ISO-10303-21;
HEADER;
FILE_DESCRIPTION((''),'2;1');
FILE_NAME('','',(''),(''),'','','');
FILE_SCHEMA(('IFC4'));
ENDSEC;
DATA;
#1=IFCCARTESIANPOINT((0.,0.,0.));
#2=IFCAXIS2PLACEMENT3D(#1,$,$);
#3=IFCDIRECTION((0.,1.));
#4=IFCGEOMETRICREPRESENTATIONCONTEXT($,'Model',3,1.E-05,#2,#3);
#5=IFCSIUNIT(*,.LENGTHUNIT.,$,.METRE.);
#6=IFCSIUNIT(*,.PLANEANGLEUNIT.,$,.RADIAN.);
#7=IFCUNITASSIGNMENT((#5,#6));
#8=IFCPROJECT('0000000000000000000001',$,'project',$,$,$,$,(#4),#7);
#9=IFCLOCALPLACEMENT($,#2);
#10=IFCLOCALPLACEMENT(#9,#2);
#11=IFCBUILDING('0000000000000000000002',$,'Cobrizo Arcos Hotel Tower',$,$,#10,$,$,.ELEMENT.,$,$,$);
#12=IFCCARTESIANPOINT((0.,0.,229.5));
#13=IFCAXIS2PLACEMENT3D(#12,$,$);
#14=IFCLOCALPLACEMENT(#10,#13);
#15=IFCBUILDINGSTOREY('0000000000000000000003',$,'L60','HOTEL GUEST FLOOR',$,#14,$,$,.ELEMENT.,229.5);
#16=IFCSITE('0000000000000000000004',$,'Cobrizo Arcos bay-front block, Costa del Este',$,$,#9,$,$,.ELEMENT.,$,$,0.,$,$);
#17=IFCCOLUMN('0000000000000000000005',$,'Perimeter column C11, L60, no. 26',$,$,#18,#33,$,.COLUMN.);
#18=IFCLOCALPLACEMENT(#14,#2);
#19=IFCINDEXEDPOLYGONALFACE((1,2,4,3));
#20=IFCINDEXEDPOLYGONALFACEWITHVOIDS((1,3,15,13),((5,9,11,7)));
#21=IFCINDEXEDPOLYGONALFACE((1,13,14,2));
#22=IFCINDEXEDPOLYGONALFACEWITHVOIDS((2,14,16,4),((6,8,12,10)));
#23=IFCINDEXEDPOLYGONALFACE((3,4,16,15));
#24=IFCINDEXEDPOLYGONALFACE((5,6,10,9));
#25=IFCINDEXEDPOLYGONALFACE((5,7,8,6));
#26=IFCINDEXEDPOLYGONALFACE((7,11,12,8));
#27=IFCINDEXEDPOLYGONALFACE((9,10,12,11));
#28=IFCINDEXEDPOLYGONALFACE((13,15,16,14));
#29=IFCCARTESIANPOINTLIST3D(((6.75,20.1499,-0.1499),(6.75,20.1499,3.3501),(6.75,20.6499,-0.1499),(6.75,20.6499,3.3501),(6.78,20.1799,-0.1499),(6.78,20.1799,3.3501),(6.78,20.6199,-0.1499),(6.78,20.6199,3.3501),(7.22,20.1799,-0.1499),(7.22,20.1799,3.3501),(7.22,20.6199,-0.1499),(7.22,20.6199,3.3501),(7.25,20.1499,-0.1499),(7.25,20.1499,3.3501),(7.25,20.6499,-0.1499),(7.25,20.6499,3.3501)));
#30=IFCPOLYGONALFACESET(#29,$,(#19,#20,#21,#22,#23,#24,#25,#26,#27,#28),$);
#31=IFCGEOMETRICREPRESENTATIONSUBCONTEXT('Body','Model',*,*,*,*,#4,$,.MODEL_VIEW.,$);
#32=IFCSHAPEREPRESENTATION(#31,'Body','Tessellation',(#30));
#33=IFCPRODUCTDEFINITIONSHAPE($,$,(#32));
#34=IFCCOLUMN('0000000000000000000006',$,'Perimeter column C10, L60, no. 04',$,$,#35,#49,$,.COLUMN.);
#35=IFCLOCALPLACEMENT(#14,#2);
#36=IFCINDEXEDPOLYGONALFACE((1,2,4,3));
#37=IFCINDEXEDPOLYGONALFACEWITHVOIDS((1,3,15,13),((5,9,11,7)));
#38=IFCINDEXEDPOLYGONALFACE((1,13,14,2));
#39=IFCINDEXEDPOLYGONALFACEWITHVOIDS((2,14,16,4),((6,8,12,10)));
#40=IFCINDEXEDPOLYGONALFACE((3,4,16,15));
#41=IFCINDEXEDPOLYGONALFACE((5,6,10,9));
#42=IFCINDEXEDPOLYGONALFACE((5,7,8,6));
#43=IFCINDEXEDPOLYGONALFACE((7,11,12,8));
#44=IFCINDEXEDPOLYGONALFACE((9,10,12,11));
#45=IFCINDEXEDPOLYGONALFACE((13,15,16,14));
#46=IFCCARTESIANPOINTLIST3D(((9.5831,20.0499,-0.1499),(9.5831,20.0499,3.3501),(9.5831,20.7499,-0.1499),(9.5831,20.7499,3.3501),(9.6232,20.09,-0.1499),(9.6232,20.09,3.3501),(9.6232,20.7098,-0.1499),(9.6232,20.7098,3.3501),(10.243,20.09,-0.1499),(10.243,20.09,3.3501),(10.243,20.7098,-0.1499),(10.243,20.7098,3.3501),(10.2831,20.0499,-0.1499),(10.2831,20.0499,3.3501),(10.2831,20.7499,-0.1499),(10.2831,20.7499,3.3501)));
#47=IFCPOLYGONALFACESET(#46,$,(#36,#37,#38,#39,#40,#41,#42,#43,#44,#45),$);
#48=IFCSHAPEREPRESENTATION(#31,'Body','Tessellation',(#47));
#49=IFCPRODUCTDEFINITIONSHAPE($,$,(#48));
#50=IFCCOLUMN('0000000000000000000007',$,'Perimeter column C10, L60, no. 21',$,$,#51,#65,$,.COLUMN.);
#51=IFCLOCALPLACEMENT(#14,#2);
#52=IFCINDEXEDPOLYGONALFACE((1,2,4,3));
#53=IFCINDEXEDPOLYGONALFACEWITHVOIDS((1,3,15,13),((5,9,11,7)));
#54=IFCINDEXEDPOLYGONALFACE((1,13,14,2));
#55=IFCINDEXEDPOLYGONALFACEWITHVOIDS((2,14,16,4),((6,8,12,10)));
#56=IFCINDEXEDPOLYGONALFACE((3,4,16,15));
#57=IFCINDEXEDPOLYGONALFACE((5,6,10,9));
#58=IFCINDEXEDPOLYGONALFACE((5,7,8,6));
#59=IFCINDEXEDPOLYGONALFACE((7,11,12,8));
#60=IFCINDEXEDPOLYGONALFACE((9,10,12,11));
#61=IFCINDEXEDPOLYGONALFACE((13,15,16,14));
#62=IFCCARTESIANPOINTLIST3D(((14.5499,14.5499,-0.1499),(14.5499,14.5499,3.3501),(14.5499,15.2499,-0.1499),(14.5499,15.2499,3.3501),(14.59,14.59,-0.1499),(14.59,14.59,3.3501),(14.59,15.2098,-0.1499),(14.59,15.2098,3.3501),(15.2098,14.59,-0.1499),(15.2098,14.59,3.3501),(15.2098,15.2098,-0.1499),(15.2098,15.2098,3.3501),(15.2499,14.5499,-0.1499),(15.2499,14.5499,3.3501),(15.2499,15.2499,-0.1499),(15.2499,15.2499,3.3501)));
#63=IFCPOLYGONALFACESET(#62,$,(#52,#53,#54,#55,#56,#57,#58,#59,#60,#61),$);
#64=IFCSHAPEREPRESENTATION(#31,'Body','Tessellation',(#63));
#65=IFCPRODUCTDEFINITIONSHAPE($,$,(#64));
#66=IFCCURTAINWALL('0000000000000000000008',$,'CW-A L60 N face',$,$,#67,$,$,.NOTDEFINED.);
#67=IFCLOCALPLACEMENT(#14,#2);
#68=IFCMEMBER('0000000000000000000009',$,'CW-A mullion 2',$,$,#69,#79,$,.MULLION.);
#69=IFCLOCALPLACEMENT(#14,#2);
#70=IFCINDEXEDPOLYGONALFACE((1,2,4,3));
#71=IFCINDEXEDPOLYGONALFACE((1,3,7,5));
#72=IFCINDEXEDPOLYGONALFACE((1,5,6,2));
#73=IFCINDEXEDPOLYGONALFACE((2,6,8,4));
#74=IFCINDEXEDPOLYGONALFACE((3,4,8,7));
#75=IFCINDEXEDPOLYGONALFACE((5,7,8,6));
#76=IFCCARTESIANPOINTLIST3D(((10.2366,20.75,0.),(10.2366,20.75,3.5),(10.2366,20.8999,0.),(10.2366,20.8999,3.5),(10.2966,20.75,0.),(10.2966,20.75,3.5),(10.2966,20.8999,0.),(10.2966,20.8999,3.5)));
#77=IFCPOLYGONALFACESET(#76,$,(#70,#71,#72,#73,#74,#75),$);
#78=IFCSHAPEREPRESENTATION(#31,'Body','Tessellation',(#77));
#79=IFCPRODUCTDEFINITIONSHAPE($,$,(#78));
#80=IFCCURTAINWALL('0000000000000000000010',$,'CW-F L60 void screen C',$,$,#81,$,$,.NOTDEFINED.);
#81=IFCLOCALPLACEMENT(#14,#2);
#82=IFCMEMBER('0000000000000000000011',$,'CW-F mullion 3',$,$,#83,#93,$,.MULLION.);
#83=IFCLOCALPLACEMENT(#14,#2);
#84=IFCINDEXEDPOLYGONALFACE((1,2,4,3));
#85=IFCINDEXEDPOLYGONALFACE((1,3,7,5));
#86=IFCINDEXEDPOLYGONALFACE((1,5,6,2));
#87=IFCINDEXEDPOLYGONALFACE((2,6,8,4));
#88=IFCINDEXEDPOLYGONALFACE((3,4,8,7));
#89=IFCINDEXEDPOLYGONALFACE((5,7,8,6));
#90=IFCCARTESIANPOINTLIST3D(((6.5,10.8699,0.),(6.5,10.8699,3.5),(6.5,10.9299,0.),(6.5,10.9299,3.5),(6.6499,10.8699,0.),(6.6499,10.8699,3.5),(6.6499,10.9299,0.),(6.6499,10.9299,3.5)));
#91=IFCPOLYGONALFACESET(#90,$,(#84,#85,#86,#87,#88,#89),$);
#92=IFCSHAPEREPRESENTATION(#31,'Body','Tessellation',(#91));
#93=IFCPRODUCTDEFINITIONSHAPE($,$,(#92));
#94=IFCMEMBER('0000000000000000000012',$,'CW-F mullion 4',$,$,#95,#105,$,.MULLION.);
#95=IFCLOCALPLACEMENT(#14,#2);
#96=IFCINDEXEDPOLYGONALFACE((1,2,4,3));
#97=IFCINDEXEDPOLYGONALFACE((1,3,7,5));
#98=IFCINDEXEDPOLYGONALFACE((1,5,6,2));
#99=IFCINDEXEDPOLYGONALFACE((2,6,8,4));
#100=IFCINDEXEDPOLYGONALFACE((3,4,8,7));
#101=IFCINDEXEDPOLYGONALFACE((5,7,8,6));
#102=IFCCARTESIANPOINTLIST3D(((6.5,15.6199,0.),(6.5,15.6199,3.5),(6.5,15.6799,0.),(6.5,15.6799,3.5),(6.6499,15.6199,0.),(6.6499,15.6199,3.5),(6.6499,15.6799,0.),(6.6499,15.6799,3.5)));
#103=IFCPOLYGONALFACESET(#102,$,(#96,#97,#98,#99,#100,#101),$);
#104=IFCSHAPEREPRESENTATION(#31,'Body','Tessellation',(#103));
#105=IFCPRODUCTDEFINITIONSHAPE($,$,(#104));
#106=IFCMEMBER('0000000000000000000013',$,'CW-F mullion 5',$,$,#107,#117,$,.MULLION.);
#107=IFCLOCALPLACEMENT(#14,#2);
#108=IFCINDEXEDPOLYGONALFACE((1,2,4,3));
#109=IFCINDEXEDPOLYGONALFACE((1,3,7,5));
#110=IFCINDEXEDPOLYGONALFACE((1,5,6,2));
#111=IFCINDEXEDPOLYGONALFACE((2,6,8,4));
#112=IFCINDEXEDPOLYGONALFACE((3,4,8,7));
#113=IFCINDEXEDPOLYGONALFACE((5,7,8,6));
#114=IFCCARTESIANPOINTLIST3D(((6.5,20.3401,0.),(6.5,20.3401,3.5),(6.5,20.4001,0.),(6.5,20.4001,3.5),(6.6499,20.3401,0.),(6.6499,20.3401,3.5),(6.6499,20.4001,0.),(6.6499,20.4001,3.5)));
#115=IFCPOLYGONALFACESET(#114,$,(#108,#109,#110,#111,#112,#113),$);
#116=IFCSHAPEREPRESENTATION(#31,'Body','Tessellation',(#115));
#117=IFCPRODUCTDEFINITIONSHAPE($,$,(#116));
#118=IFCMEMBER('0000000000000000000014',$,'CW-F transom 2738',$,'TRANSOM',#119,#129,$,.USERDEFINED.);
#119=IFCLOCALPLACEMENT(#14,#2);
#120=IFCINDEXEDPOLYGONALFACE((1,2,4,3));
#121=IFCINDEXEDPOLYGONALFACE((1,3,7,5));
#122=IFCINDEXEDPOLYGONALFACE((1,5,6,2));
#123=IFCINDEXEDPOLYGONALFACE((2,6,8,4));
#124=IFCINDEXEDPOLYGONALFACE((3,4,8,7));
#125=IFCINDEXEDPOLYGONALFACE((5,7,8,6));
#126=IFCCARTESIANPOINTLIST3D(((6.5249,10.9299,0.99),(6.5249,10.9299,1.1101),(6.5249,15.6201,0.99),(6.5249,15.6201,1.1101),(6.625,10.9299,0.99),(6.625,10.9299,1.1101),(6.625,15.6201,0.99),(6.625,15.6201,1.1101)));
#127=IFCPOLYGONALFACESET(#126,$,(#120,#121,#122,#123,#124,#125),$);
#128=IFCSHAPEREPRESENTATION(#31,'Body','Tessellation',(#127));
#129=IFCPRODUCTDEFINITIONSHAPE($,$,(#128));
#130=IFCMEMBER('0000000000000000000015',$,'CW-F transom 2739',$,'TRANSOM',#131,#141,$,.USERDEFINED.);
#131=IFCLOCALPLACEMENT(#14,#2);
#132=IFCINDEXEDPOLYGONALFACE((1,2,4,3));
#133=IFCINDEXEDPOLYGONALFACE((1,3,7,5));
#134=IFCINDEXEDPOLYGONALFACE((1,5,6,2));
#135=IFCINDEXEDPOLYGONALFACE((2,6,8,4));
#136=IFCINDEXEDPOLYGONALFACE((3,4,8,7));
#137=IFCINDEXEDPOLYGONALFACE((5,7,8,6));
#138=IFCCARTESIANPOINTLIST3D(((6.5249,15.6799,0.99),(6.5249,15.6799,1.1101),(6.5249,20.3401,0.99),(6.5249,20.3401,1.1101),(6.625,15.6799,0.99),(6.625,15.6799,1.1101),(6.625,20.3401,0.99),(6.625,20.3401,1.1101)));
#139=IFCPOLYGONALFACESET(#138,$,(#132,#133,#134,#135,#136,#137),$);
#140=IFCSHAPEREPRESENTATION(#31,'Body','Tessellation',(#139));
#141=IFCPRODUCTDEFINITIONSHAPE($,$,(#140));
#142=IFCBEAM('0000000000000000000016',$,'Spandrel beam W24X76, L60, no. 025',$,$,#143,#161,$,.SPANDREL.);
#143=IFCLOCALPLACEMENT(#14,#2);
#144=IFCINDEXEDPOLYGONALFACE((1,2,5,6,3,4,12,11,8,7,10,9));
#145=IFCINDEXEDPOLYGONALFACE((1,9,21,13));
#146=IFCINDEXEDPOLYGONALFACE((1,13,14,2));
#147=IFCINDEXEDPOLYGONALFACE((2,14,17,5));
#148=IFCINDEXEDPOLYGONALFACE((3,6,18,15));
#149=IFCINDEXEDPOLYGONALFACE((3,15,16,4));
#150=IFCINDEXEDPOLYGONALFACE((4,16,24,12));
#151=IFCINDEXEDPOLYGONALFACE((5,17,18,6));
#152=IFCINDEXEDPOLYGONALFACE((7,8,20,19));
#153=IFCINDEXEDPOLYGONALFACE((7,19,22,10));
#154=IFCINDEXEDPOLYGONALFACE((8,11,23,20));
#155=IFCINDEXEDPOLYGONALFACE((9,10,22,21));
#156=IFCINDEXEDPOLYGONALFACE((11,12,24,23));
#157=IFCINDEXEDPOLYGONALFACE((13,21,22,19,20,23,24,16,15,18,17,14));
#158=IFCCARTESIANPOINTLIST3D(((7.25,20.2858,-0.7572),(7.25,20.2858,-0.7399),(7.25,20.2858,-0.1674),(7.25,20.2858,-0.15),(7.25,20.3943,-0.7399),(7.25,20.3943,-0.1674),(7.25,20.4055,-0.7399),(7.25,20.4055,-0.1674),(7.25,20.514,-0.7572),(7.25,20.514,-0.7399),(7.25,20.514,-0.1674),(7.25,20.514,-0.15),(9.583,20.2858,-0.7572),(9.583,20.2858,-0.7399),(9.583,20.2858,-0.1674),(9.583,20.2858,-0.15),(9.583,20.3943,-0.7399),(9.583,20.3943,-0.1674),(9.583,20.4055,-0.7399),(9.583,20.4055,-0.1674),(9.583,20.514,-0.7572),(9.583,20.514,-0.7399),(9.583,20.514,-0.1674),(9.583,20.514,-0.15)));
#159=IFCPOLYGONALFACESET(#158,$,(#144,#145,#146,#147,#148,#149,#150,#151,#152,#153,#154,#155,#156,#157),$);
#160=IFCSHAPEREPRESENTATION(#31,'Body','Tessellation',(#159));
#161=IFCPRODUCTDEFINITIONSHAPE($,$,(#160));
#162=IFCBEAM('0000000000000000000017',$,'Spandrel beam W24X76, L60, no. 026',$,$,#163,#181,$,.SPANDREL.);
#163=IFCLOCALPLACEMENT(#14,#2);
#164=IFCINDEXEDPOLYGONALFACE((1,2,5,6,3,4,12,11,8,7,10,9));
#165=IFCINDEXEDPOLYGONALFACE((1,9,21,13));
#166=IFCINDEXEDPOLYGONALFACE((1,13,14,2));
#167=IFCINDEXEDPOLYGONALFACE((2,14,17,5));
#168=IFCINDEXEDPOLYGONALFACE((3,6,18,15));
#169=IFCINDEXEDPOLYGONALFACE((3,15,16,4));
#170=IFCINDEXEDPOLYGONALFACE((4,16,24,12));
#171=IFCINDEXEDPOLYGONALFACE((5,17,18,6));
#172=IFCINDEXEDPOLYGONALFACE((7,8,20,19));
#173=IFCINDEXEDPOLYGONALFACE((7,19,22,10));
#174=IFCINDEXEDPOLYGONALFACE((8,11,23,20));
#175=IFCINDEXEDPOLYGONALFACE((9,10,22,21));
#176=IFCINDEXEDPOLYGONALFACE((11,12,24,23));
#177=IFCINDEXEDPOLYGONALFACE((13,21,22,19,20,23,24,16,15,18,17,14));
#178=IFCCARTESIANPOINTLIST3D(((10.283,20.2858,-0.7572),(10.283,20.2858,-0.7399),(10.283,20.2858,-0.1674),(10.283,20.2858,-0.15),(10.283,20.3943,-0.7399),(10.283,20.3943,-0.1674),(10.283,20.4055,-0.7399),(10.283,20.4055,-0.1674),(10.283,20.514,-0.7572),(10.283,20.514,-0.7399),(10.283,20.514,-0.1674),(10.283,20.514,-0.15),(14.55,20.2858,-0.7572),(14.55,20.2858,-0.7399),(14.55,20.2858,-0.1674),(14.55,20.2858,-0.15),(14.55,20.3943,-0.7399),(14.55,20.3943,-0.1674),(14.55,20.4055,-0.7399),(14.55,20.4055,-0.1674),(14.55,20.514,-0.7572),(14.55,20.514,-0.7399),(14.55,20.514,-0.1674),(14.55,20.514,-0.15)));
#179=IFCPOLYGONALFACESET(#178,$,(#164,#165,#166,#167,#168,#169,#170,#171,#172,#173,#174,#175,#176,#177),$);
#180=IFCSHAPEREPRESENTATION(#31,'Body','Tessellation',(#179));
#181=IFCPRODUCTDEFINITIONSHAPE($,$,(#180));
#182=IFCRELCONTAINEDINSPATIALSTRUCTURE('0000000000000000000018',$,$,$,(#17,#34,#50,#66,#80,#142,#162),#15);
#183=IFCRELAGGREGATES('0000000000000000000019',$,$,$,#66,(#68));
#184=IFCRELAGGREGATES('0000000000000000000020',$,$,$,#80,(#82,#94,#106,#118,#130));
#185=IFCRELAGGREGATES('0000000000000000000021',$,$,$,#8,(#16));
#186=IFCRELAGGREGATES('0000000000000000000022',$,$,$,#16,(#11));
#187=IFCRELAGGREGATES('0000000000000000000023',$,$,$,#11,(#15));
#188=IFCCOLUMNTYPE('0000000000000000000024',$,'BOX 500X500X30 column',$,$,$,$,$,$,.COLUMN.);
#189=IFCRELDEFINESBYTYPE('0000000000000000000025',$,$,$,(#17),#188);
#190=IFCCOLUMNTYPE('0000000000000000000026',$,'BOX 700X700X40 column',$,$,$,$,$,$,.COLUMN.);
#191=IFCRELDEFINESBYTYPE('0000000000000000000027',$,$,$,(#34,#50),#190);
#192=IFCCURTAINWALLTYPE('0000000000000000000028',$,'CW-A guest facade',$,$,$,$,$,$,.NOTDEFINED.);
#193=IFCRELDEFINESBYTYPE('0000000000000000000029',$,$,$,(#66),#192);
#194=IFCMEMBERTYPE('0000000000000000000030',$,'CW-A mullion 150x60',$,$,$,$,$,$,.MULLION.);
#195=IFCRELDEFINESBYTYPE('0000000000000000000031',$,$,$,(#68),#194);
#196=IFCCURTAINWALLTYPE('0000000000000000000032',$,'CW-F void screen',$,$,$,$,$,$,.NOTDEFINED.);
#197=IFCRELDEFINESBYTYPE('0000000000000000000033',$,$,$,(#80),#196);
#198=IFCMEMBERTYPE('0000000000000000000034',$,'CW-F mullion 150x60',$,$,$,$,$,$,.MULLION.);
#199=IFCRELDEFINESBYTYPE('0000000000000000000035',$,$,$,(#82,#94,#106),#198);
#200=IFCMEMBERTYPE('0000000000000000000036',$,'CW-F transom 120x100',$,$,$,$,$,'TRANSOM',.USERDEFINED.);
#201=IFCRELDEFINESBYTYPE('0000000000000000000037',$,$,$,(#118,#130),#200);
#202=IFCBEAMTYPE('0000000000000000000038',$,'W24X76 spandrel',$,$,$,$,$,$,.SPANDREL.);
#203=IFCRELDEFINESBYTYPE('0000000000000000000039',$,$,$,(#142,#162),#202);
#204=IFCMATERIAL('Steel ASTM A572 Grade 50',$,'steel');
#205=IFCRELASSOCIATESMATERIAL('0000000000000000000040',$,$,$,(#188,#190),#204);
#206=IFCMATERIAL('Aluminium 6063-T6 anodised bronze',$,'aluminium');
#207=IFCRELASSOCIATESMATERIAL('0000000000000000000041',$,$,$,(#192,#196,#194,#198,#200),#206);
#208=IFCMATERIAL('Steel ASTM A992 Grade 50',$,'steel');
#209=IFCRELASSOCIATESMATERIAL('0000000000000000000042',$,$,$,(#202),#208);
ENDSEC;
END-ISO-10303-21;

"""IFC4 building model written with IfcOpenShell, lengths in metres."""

from ifc_helpers import new_model, si_unit, direction, frame, origin, origin_2d, place, context, subcontext, project, spatial, rectangle, hollow_rectangle, i_section, extrude, material, material_profile, profile_set, type_object, element, aggregate, save


model = new_model("IFC4")

# Units and contexts
model_context = context("Model", 3, precision=1e-05, world=origin(), true_north=direction((0.0, 1.0)))
body_context = subcontext(model_context, "Body", "Model", "MODEL_VIEW")
ifc_project = project(units=[si_unit("LENGTHUNIT", "METRE"), si_unit("PLANEANGLEUNIT", "RADIAN")], contexts=[model_context])

# Site, building, storey
site_placement = place(None, origin())
site = spatial("IfcSite", under=ifc_project, at=site_placement, Name="Cobrizo Arcos bay-front block, Costa del Este", CompositionType="ELEMENT", RefElevation=0.0)
building_placement = place(site_placement, origin())
building = spatial("IfcBuilding", under=site, at=building_placement, Name="Cobrizo Arcos Hotel Tower", CompositionType="ELEMENT")
storey_placement = place(building_placement, frame((0.0, 0.0, 229.5)))
storey = spatial("IfcBuildingStorey", under=building, at=storey_placement, Name="L60", Description="HOTEL GUEST FLOOR", CompositionType="ELEMENT", Elevation=229.5)

# Columns
ifc_material_1 = material(Name="Steel ASTM A572 Grade 50", Category="steel")
ifc_material_profile_1 = material_profile(ifc_material_1, hollow_rectangle(XDim=0.5, YDim=0.5, WallThickness=0.03, at=origin_2d()), Name="BOX 500X500X30")
ifc_profile_set_1 = profile_set([ifc_material_profile_1], Name="Steel ASTM A572 Grade 50")
column_type_1 = type_object("IfcColumnType", Name="BOX 500X500X30 column", PredefinedType="COLUMN", material=ifc_profile_set_1)
column_placement = place(storey_placement, frame((7.0, 20.3999, -0.1499), z_axis=(0.0, 0.0, 1.0), x_axis=(1.0, 0.0, 0.0)))
element("IfcColumn", 1, at=column_placement, inside=storey, type_object=column_type_1, Name="Perimeter column C11, L60, no. 26", PredefinedType="COLUMN", context=body_context, shape_type="SweptSolid", body=[
    extrude(hollow_rectangle(XDim=0.5, YDim=0.5, WallThickness=0.03, at=origin_2d()), origin(), (0.0, 0.0, 1.0), 3.5),
])
ifc_material_profile_2 = material_profile(ifc_material_1, hollow_rectangle(XDim=0.7, YDim=0.7, WallThickness=0.04, at=origin_2d()), Name="BOX 700X700X40")
ifc_profile_set_2 = profile_set([ifc_material_profile_2], Name="Steel ASTM A572 Grade 50")
column_type_2 = type_object("IfcColumnType", Name="BOX 700X700X40 column", PredefinedType="COLUMN", material=ifc_profile_set_2)
for number, where, z_axis, x_axis, name in (
    (2, (9.9331, 20.3999, -0.1499), (0.0, 0.0, 1.0), (1.0, 0.0, 0.0), "Perimeter column C10, L60, no. 04"),
    (3, (14.8999, 14.8999, -0.1499), (0.0, 0.0, 1.0), (1.0, 0.0, 0.0), "Perimeter column C10, L60, no. 21"),
):
    element("IfcColumn", number, at=place(storey_placement, frame(where, z_axis=z_axis, x_axis=x_axis)), inside=storey, type_object=column_type_2, Name=name, PredefinedType="COLUMN", context=body_context, shape_type="SweptSolid", body=[
        extrude(hollow_rectangle(XDim=0.7, YDim=0.7, WallThickness=0.04, at=origin_2d()), origin(), (0.0, 0.0, 1.0), 3.5),
    ])

# Curtain wall, member
ifc_material_2 = material(Name="Aluminium 6063-T6 anodised bronze", Category="aluminium")
curtain_wall_type_1 = type_object("IfcCurtainWallType", Name="CW-A guest facade", PredefinedType="NOTDEFINED", material=ifc_material_2)
curtain_wall_1_placement = place(storey_placement, origin())
curtain_wall_1 = element("IfcCurtainWall", 4, at=curtain_wall_1_placement, inside=storey, type_object=curtain_wall_type_1, Name="CW-A L60 N face", PredefinedType="NOTDEFINED")
ifc_material_profile_3 = material_profile(ifc_material_2, rectangle(XDim=0.1499, YDim=0.0601, at=origin_2d()), Name="CW-A mullion 150x60")
ifc_profile_set_3 = profile_set([ifc_material_profile_3], Name="Aluminium 6063-T6 anodised bronze")
member_type_1 = type_object("IfcMemberType", Name="CW-A mullion 150x60", PredefinedType="MULLION", material=ifc_profile_set_3)
member_1_placement = place(storey_placement, frame((10.2666, 20.825, 0.0), z_axis=(0.0, 0.0, 1.0), x_axis=(0.0, 1.0, 0.0)))
member_1 = element("IfcMember", 5, at=member_1_placement, type_object=member_type_1, Name="CW-A mullion 2", PredefinedType="MULLION", context=body_context, shape_type="SweptSolid", body=[
    extrude(rectangle(XDim=0.1499, YDim=0.0601, at=origin_2d()), origin(), (0.0, 0.0, 1.0), 3.5),
])

# Curtain wall, members
curtain_wall_type_2 = type_object("IfcCurtainWallType", Name="CW-F void screen", PredefinedType="NOTDEFINED", material=ifc_material_2)
curtain_wall_2_placement = place(storey_placement, origin())
curtain_wall_2 = element("IfcCurtainWall", 6, at=curtain_wall_2_placement, inside=storey, type_object=curtain_wall_type_2, Name="CW-F L60 void screen C", PredefinedType="NOTDEFINED")
ifc_material_profile_4 = material_profile(ifc_material_2, rectangle(XDim=0.1499, YDim=0.0601, at=origin_2d()), Name="CW-F mullion 150x60")
ifc_profile_set_4 = profile_set([ifc_material_profile_4], Name="Aluminium 6063-T6 anodised bronze")
member_type_2 = type_object("IfcMemberType", Name="CW-F mullion 150x60", PredefinedType="MULLION", material=ifc_profile_set_4)
member_2_placement = place(storey_placement, frame((6.575, 10.8999, 0.0), z_axis=(0.0, 0.0, 1.0), x_axis=(1.0, 0.0, 0.0)))
member_2 = element("IfcMember", 7, at=member_2_placement, type_object=member_type_2, Name="CW-F mullion 3", PredefinedType="MULLION", context=body_context, shape_type="SweptSolid", body=[
    extrude(rectangle(XDim=0.1499, YDim=0.0601, at=origin_2d()), origin(), (0.0, 0.0, 1.0), 3.5),
])
member_3_placement = place(storey_placement, frame((6.575, 15.6499, 0.0), z_axis=(0.0, 0.0, 1.0), x_axis=(1.0, 0.0, 0.0)))
member_3 = element("IfcMember", 8, at=member_3_placement, type_object=member_type_2, Name="CW-F mullion 4", PredefinedType="MULLION", context=body_context, shape_type="SweptSolid", body=[
    extrude(rectangle(XDim=0.1499, YDim=0.0601, at=origin_2d()), origin(), (0.0, 0.0, 1.0), 3.5),
])
member_4_placement = place(storey_placement, frame((6.575, 20.3701, 0.0), z_axis=(0.0, 0.0, 1.0), x_axis=(1.0, 0.0, 0.0)))
member_4 = element("IfcMember", 9, at=member_4_placement, type_object=member_type_2, Name="CW-F mullion 5", PredefinedType="MULLION", context=body_context, shape_type="SweptSolid", body=[
    extrude(rectangle(XDim=0.1499, YDim=0.0601, at=origin_2d()), origin(), (0.0, 0.0, 1.0), 3.5),
])
ifc_material_profile_5 = material_profile(ifc_material_2, rectangle(XDim=0.1001, YDim=0.1201, at=origin_2d()), Name="CW-F transom 120x100")
ifc_profile_set_5 = profile_set([ifc_material_profile_5], Name="Aluminium 6063-T6 anodised bronze")
member_type_3 = type_object("IfcMemberType", Name="CW-F transom 120x100", ElementType="TRANSOM", PredefinedType="USERDEFINED", material=ifc_profile_set_5)
member_5_placement = place(storey_placement, frame((6.575, 10.9299, 1.05), z_axis=(0.0, 1.0, 0.0), x_axis=(-1.0, 0.0, 0.0)))
member_5 = element("IfcMember", 10, at=member_5_placement, type_object=member_type_3, Name="CW-F transom 2738", ObjectType="TRANSOM", PredefinedType="USERDEFINED", context=body_context, shape_type="SweptSolid", body=[
    extrude(rectangle(XDim=0.1001, YDim=0.1201, at=origin_2d()), origin(), (0.0, 0.0, 1.0), 4.6902),
])
member_6_placement = place(storey_placement, frame((6.575, 15.6799, 1.05), z_axis=(0.0, 1.0, 0.0), x_axis=(-1.0, 0.0, 0.0)))
member_6 = element("IfcMember", 11, at=member_6_placement, type_object=member_type_3, Name="CW-F transom 2739", ObjectType="TRANSOM", PredefinedType="USERDEFINED", context=body_context, shape_type="SweptSolid", body=[
    extrude(rectangle(XDim=0.1001, YDim=0.1201, at=origin_2d()), origin(), (0.0, 0.0, 1.0), 4.6602),
])

# Beams
ifc_material_3 = material(Name="Steel ASTM A992 Grade 50", Category="steel")
ifc_material_profile_6 = material_profile(ifc_material_3, i_section(OverallWidth=0.2283, OverallDepth=0.6072, WebThickness=0.0112, FlangeThickness=0.0173, at=origin_2d()), Name="W24X76")
ifc_profile_set_6 = profile_set([ifc_material_profile_6], Name="Steel ASTM A992 Grade 50")
beam_type = type_object("IfcBeamType", Name="W24X76 spandrel", PredefinedType="SPANDREL", material=ifc_profile_set_6)
beam_1_placement = place(storey_placement, frame((7.25, 20.3999, -0.4536), z_axis=(1.0, 0.0, 0.0), x_axis=(0.0, 1.0, 0.0)))
element("IfcBeam", 12, at=beam_1_placement, inside=storey, type_object=beam_type, Name="Spandrel beam W24X76, L60, no. 025", PredefinedType="SPANDREL", context=body_context, shape_type="SweptSolid", body=[
    extrude(i_section(OverallWidth=0.2283, OverallDepth=0.6072, WebThickness=0.0112, FlangeThickness=0.0173, at=origin_2d()), origin(), (0.0, 0.0, 1.0), 2.333),
])
beam_2_placement = place(storey_placement, frame((10.283, 20.3999, -0.4536), z_axis=(1.0, 0.0, 0.0), x_axis=(0.0, 1.0, 0.0)))
element("IfcBeam", 13, at=beam_2_placement, inside=storey, type_object=beam_type, Name="Spandrel beam W24X76, L60, no. 026", PredefinedType="SPANDREL", context=body_context, shape_type="SweptSolid", body=[
    extrude(i_section(OverallWidth=0.2283, OverallDepth=0.6072, WebThickness=0.0112, FlangeThickness=0.0173, at=origin_2d()), origin(), (0.0, 0.0, 1.0), 4.2671),
])

aggregate(curtain_wall_1, [member_1])
aggregate(curtain_wall_2, [member_2, member_3, member_4, member_5, member_6])

save(model, "model.ifc")
